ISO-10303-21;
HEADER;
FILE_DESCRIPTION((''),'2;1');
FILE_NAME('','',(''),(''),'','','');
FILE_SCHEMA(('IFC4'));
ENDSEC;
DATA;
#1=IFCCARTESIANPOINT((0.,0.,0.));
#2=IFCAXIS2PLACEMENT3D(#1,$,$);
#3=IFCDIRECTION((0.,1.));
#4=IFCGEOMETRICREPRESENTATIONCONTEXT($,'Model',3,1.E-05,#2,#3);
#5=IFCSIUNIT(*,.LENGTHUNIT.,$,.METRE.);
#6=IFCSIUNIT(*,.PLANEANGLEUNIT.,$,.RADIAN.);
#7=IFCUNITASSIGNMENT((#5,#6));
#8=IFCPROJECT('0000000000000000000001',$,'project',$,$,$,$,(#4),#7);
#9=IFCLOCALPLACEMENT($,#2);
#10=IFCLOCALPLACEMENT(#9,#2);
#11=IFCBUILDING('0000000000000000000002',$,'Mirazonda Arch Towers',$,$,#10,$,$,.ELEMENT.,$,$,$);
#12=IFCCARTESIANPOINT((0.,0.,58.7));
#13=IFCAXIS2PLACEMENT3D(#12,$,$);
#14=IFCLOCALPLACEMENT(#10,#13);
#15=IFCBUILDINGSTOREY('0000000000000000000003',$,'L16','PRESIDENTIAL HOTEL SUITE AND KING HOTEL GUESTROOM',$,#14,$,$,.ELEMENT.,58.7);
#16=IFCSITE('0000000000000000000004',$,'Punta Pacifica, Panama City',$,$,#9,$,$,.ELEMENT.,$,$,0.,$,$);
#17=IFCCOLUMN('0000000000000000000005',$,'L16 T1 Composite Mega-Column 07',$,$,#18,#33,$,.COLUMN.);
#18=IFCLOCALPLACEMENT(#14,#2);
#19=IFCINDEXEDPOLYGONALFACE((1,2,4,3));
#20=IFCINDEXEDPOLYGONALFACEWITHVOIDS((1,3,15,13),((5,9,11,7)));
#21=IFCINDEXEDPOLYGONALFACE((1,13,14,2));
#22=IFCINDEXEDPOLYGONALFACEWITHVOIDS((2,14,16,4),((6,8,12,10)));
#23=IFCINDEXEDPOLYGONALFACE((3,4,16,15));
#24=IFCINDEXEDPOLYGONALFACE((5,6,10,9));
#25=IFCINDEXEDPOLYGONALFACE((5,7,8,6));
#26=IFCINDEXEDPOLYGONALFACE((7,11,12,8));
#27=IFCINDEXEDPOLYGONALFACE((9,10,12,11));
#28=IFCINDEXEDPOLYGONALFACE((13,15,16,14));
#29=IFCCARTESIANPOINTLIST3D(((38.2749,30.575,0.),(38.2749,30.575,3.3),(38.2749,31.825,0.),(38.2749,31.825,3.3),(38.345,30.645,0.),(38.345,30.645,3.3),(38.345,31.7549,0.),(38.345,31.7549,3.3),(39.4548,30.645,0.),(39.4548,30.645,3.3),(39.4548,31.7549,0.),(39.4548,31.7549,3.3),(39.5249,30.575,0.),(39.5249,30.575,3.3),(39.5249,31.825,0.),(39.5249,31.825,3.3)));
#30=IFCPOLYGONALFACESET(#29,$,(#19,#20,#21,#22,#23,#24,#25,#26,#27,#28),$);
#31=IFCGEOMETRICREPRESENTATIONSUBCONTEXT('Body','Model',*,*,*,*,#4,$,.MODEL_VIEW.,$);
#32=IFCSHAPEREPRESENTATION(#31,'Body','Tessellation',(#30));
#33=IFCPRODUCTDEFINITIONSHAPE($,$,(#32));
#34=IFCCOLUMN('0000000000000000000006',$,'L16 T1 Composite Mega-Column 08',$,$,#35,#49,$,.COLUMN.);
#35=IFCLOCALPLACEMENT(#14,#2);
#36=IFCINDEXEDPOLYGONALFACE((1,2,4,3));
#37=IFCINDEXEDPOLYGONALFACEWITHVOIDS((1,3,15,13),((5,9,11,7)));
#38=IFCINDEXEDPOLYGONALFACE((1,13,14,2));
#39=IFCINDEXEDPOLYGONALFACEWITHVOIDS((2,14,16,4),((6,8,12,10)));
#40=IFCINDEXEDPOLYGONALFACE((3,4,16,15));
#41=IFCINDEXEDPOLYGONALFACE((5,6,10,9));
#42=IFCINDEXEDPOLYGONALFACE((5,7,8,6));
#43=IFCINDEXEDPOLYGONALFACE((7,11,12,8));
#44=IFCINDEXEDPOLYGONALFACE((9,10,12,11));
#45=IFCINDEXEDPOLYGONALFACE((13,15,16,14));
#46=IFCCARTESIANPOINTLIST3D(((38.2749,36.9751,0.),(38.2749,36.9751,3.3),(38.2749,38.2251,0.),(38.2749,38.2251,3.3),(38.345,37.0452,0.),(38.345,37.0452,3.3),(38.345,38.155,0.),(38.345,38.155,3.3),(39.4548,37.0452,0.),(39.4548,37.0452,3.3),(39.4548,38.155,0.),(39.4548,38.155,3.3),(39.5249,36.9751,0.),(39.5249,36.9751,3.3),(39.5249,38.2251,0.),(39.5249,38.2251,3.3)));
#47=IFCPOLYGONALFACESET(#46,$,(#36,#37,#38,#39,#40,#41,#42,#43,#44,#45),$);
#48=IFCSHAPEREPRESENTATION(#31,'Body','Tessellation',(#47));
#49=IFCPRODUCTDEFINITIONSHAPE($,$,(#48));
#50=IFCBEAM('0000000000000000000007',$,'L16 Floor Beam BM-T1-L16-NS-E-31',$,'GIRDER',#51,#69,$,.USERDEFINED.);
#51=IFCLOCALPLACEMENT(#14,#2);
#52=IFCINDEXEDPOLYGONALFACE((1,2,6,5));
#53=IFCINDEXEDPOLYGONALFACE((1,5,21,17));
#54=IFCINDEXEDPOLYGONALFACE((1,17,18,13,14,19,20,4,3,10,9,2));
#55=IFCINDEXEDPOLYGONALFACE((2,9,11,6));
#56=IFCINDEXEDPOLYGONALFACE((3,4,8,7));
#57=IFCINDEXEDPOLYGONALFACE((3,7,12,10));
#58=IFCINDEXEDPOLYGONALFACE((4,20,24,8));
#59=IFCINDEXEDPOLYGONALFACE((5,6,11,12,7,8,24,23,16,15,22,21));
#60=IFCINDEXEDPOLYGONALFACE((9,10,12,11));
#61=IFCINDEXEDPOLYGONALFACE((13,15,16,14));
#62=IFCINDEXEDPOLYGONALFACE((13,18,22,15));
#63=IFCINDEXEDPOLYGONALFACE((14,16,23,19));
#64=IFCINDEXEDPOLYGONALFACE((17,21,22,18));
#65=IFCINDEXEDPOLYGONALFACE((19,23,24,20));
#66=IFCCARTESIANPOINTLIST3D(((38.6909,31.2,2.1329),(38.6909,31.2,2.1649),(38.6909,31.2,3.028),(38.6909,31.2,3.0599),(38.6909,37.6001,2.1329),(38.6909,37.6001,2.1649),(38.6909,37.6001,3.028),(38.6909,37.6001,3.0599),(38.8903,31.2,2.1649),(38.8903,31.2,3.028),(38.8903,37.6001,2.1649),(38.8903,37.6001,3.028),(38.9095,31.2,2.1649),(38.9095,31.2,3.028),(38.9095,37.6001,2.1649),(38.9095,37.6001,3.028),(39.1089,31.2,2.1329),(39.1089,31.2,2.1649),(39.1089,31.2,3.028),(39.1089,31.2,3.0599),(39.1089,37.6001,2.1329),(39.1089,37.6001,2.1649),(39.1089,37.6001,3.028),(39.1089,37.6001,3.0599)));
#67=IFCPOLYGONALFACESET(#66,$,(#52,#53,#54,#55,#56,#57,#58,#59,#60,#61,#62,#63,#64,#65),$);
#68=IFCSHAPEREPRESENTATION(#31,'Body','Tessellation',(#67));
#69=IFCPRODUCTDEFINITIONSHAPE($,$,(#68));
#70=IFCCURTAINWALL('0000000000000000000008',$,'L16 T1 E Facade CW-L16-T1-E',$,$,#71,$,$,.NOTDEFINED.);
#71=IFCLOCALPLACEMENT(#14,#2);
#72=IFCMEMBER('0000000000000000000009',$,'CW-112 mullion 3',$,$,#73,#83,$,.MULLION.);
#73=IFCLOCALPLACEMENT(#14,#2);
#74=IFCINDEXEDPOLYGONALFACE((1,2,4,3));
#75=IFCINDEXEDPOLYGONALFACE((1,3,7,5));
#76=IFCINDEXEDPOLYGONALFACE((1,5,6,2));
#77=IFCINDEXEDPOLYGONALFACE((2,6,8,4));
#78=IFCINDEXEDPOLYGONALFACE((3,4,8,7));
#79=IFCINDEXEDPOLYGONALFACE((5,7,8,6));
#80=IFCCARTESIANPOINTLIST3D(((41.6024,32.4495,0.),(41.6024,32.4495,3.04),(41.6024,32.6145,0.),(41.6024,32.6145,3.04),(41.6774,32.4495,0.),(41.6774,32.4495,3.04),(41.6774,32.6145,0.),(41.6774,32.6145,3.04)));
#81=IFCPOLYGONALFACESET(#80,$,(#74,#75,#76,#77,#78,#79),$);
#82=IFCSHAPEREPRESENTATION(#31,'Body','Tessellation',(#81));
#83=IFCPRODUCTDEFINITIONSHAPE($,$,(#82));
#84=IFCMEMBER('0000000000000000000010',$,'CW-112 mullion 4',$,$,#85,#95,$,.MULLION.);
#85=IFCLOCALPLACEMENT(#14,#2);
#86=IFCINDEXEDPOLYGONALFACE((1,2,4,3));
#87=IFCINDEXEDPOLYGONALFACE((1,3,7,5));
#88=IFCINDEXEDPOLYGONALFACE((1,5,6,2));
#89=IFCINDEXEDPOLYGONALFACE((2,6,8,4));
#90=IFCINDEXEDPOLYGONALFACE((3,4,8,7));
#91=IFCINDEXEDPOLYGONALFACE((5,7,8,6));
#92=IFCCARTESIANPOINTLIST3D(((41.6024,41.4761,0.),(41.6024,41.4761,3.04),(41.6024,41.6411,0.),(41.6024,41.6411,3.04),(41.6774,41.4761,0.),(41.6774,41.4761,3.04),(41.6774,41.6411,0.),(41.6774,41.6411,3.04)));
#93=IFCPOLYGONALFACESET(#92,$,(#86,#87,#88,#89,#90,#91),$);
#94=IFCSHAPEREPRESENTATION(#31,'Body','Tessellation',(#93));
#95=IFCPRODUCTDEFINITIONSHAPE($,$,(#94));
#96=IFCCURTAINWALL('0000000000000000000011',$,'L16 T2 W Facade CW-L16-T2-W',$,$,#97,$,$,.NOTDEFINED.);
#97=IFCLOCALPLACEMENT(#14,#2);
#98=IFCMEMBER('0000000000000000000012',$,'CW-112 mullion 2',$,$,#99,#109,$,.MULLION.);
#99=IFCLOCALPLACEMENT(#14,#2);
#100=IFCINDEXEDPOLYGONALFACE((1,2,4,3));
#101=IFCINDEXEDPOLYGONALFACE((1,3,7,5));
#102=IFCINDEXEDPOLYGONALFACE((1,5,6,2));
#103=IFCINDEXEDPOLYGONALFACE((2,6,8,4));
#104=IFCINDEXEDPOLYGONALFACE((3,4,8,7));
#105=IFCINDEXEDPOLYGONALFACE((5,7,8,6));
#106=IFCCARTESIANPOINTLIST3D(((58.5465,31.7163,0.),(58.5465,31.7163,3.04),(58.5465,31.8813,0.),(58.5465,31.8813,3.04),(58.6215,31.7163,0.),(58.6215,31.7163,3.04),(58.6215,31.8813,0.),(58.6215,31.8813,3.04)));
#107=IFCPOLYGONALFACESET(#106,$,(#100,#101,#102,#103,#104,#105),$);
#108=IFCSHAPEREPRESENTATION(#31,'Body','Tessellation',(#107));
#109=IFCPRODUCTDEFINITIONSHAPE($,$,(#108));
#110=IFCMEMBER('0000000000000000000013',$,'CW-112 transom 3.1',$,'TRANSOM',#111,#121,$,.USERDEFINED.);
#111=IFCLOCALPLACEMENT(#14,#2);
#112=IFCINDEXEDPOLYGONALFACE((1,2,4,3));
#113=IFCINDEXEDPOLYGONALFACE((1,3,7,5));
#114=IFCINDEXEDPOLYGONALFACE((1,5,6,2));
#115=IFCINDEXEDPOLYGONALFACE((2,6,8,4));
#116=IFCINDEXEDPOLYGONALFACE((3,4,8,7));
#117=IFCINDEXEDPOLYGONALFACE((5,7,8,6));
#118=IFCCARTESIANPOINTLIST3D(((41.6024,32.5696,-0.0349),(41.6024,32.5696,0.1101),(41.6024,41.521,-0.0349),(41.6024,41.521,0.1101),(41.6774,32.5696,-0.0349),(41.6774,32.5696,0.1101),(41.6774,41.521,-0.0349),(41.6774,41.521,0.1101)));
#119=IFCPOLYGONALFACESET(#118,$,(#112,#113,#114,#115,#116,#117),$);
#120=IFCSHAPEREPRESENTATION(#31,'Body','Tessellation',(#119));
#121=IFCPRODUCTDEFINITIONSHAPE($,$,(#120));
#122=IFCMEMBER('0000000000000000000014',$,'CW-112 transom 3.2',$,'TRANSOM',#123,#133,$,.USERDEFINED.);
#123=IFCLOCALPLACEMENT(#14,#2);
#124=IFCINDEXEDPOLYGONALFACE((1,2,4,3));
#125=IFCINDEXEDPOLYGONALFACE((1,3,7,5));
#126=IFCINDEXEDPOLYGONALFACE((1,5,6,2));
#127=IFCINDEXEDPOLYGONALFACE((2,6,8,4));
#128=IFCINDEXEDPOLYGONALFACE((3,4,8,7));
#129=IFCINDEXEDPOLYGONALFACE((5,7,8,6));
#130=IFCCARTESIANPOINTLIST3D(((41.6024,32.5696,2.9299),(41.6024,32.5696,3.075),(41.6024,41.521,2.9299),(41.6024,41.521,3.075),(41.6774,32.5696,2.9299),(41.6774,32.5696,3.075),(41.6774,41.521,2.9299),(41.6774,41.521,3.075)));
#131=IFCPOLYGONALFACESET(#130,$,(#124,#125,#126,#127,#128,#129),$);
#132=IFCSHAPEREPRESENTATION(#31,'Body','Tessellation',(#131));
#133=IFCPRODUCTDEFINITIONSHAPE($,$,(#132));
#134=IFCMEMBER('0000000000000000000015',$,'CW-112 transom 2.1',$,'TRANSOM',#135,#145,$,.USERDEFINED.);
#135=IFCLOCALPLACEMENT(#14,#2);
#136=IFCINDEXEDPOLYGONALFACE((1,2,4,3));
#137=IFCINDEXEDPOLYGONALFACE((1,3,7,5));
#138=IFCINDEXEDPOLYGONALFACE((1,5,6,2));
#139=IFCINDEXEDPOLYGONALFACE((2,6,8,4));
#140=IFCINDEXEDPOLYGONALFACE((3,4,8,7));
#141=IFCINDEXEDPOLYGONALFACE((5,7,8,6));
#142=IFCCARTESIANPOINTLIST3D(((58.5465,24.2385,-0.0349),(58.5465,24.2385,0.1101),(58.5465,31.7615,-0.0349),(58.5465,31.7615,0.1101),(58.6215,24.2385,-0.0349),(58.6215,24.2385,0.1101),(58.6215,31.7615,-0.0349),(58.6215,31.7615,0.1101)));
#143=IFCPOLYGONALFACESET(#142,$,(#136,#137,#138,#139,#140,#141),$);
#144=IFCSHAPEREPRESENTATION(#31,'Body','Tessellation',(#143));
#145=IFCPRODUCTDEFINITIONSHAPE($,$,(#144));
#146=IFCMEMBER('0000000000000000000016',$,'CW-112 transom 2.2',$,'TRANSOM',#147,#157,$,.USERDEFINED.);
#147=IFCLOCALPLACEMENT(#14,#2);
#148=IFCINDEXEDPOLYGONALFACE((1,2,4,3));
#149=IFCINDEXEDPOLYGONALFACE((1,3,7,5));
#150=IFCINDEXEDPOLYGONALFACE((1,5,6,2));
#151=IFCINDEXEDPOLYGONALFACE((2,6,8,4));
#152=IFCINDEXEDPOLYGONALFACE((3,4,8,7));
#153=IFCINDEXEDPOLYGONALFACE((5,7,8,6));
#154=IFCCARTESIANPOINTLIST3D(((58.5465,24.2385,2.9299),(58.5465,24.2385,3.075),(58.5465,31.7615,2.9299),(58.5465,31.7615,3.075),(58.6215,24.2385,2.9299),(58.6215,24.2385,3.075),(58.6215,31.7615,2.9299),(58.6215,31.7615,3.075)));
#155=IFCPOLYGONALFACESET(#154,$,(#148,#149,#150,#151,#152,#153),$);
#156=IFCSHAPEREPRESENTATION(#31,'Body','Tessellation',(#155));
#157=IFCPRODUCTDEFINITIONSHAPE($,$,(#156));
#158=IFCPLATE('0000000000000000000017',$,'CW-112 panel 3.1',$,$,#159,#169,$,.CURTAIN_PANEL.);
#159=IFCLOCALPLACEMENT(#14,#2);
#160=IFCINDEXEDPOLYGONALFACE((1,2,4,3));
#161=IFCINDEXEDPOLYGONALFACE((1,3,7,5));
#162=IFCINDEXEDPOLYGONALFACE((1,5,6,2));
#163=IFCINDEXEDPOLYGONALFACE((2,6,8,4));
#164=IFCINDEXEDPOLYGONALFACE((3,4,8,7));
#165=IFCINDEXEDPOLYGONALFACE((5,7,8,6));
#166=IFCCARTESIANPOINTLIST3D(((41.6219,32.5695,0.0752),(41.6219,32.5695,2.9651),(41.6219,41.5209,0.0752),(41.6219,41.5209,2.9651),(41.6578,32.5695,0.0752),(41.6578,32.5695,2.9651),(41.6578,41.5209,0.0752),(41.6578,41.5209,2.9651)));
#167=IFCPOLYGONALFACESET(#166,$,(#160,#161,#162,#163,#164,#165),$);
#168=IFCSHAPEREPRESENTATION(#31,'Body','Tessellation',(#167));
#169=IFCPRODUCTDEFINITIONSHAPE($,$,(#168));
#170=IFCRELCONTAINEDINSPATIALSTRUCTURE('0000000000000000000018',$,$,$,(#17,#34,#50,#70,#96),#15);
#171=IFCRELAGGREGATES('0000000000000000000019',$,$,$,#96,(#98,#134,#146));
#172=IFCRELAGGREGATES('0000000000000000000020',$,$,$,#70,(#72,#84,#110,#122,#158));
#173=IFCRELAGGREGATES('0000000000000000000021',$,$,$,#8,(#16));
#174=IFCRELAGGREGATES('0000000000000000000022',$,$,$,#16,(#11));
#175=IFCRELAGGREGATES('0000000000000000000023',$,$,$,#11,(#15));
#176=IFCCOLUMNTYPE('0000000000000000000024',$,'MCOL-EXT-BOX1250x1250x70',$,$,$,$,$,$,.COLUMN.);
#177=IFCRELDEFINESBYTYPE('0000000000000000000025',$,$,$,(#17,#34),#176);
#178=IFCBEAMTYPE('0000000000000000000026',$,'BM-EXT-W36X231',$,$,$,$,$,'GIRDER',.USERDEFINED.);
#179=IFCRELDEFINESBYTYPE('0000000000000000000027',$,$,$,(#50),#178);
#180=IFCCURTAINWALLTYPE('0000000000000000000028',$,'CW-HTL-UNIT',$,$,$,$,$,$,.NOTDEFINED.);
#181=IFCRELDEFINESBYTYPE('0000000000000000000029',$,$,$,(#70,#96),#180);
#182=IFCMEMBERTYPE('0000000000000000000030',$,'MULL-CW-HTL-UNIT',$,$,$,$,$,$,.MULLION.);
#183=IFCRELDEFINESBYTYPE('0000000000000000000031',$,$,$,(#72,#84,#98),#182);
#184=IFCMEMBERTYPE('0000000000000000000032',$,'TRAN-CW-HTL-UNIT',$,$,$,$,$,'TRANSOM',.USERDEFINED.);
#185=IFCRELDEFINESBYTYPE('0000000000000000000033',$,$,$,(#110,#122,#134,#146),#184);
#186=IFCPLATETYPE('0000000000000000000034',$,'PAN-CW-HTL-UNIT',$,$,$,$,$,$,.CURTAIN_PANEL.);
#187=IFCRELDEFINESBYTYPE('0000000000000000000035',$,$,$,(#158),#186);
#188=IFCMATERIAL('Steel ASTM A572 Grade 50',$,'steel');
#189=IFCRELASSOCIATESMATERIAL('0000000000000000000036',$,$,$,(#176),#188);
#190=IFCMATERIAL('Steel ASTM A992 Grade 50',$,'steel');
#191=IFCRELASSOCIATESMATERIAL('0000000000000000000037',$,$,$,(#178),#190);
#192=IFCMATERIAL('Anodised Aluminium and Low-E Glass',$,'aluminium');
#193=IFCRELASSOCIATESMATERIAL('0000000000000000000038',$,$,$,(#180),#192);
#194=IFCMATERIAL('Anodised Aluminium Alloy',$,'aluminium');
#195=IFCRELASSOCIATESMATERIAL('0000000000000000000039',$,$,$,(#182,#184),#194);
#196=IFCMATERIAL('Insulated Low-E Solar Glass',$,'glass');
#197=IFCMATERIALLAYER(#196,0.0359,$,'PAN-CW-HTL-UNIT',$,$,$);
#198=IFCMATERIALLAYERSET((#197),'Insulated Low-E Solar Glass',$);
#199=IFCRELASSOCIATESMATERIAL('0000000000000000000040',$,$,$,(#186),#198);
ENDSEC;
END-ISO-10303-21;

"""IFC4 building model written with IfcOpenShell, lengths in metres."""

from ifc_helpers import new_model, si_unit, direction, frame, origin, origin_2d, place, context, subcontext, project, spatial, rectangle, hollow_rectangle, i_section, extrude, material, layer, layer_set, material_profile, profile_set, type_object, element, aggregate, save


model = new_model("IFC4")

# Units and contexts
model_context = context("Model", 3, precision=1e-05, world=origin(), true_north=direction((0.0, 1.0)))
body_context = subcontext(model_context, "Body", "Model", "MODEL_VIEW")
ifc_project = project(units=[si_unit("LENGTHUNIT", "METRE"), si_unit("PLANEANGLEUNIT", "RADIAN")], contexts=[model_context])

# Site, building, storey
site_placement = place(None, origin())
site = spatial("IfcSite", under=ifc_project, at=site_placement, Name="Punta Pacifica, Panama City", CompositionType="ELEMENT", RefElevation=0.0)
building_placement = place(site_placement, origin())
building = spatial("IfcBuilding", under=site, at=building_placement, Name="Mirazonda Arch Towers", CompositionType="ELEMENT")
storey_placement = place(building_placement, frame((0.0, 0.0, 58.7)))
storey = spatial("IfcBuildingStorey", under=building, at=storey_placement, Name="L16", Description="PRESIDENTIAL HOTEL SUITE AND KING HOTEL GUESTROOM", CompositionType="ELEMENT", Elevation=58.7)

# Columns
ifc_material_1 = material(Name="Steel ASTM A572 Grade 50", Category="steel")
ifc_material_profile_1 = material_profile(ifc_material_1, hollow_rectangle(XDim=1.25, YDim=1.25, WallThickness=0.0701, at=origin_2d()), Name="BOX1250x1250x70")
ifc_profile_set_1 = profile_set([ifc_material_profile_1], Name="Steel ASTM A572 Grade 50")
column_type = type_object("IfcColumnType", Name="MCOL-EXT-BOX1250x1250x70", PredefinedType="COLUMN", material=ifc_profile_set_1)
for number, where, z_axis, x_axis, name in (
    (1, (38.8999, 31.2, 0.0), (0.0, 0.0, 1.0), (1.0, 0.0, 0.0), "L16 T1 Composite Mega-Column 07"),
    (2, (38.8999, 37.6001, 0.0), (0.0, 0.0, 1.0), (1.0, 0.0, 0.0), "L16 T1 Composite Mega-Column 08"),
):
    element("IfcColumn", number, at=place(storey_placement, frame(where, z_axis=z_axis, x_axis=x_axis)), inside=storey, type_object=column_type, Name=name, PredefinedType="COLUMN", context=body_context, shape_type="SweptSolid", body=[
        extrude(hollow_rectangle(XDim=1.25, YDim=1.25, WallThickness=0.0701, at=origin_2d()), origin(), (0.0, 0.0, 1.0), 3.3),
    ])

# Beam
ifc_material_2 = material(Name="Steel ASTM A992 Grade 50", Category="steel")
ifc_material_profile_2 = material_profile(ifc_material_2, i_section(OverallWidth=0.418, OverallDepth=0.927, WebThickness=0.0193, FlangeThickness=0.032, at=origin_2d()), Name="W36X231")
ifc_profile_set_2 = profile_set([ifc_material_profile_2], Name="Steel ASTM A992 Grade 50")
beam_type = type_object("IfcBeamType", Name="BM-EXT-W36X231", ElementType="GIRDER", PredefinedType="USERDEFINED", material=ifc_profile_set_2)
beam_placement = place(storey_placement, frame((38.8999, 31.2, 2.5964), z_axis=(0.0, 1.0, 0.0), x_axis=(-1.0, 0.0, 0.0)))
element("IfcBeam", 3, at=beam_placement, inside=storey, type_object=beam_type, Name="L16 Floor Beam BM-T1-L16-NS-E-31", ObjectType="GIRDER", PredefinedType="USERDEFINED", context=body_context, shape_type="SweptSolid", body=[
    extrude(i_section(OverallWidth=0.418, OverallDepth=0.927, WebThickness=0.0193, FlangeThickness=0.032, at=origin_2d()), origin(), (0.0, 0.0, 1.0), 6.4001),
])

# Curtain wall, members
ifc_material_3 = material(Name="Anodised Aluminium and Low-E Glass", Category="aluminium")
curtain_wall_type = type_object("IfcCurtainWallType", Name="CW-HTL-UNIT", PredefinedType="NOTDEFINED", material=ifc_material_3)
curtain_wall_1_placement = place(storey_placement, origin())
curtain_wall_1 = element("IfcCurtainWall", 4, at=curtain_wall_1_placement, inside=storey, type_object=curtain_wall_type, Name="L16 T1 E Facade CW-L16-T1-E", PredefinedType="NOTDEFINED")
ifc_material_4 = material(Name="Anodised Aluminium Alloy", Category="aluminium")
ifc_material_profile_3 = material_profile(ifc_material_4, rectangle(XDim=0.075, YDim=0.165, at=origin_2d()), Name="ALU-MULL-75x165")
ifc_profile_set_3 = profile_set([ifc_material_profile_3], Name="Anodised Aluminium Alloy")
member_type_1 = type_object("IfcMemberType", Name="MULL-CW-HTL-UNIT", PredefinedType="MULLION", material=ifc_profile_set_3)
member_1_placement = place(storey_placement, frame((41.6399, 32.532, 0.0), z_axis=(0.0, 0.0, 1.0), x_axis=(-1.0, 0.0, 0.0)))
member_1 = element("IfcMember", 5, at=member_1_placement, type_object=member_type_1, Name="CW-112 mullion 3", PredefinedType="MULLION", context=body_context, shape_type="SweptSolid", body=[
    extrude(rectangle(XDim=0.075, YDim=0.165, at=origin_2d()), origin(), (0.0, 0.0, 1.0), 3.04),
])
member_2_placement = place(storey_placement, frame((41.6399, 41.5586, 0.0), z_axis=(0.0, 0.0, 1.0), x_axis=(-1.0, 0.0, 0.0)))
member_2 = element("IfcMember", 6, at=member_2_placement, type_object=member_type_1, Name="CW-112 mullion 4", PredefinedType="MULLION", context=body_context, shape_type="SweptSolid", body=[
    extrude(rectangle(XDim=0.075, YDim=0.165, at=origin_2d()), origin(), (0.0, 0.0, 1.0), 3.04),
])

# Curtain wall, member
curtain_wall_2_placement = place(storey_placement, origin())
curtain_wall_2 = element("IfcCurtainWall", 7, at=curtain_wall_2_placement, inside=storey, type_object=curtain_wall_type, Name="L16 T2 W Facade CW-L16-T2-W", PredefinedType="NOTDEFINED")
member_3_placement = place(storey_placement, frame((58.584, 31.7988, 0.0), z_axis=(0.0, 0.0, 1.0), x_axis=(1.0, 0.0, 0.0)))
member_3 = element("IfcMember", 8, at=member_3_placement, type_object=member_type_1, Name="CW-112 mullion 2", PredefinedType="MULLION", context=body_context, shape_type="SweptSolid", body=[
    extrude(rectangle(XDim=0.075, YDim=0.165, at=origin_2d()), origin(), (0.0, 0.0, 1.0), 3.04),
])

# Members
ifc_material_profile_4 = material_profile(ifc_material_4, rectangle(XDim=0.075, YDim=0.145, at=origin_2d()), Name="ALU-TRAN-75x145")
ifc_profile_set_4 = profile_set([ifc_material_profile_4], Name="Anodised Aluminium Alloy")
member_type_2 = type_object("IfcMemberType", Name="TRAN-CW-HTL-UNIT", ElementType="TRANSOM", PredefinedType="USERDEFINED", material=ifc_profile_set_4)
member_4_placement = place(storey_placement, frame((41.6399, 32.5696, 0.0376), z_axis=(0.0, 1.0, 0.0), x_axis=(-1.0, 0.0, 0.0)))
member_4 = element("IfcMember", 9, at=member_4_placement, type_object=member_type_2, Name="CW-112 transom 3.1", ObjectType="TRANSOM", PredefinedType="USERDEFINED", context=body_context, shape_type="SweptSolid", body=[
    extrude(rectangle(XDim=0.075, YDim=0.145, at=origin_2d()), origin(), (0.0, 0.0, 1.0), 8.9514),
])
member_5_placement = place(storey_placement, frame((41.6399, 32.5696, 3.0024), z_axis=(0.0, 1.0, 0.0), x_axis=(-1.0, 0.0, 0.0)))
member_5 = element("IfcMember", 10, at=member_5_placement, type_object=member_type_2, Name="CW-112 transom 3.2", ObjectType="TRANSOM", PredefinedType="USERDEFINED", context=body_context, shape_type="SweptSolid", body=[
    extrude(rectangle(XDim=0.075, YDim=0.145, at=origin_2d()), origin(), (0.0, 0.0, 1.0), 8.9514),
])
member_6_placement = place(storey_placement, frame((58.584, 31.7615, 0.0376), z_axis=(0.0, -1.0, 0.0), x_axis=(1.0, 0.0, 0.0)))
member_6 = element("IfcMember", 11, at=member_6_placement, type_object=member_type_2, Name="CW-112 transom 2.1", ObjectType="TRANSOM", PredefinedType="USERDEFINED", context=body_context, shape_type="SweptSolid", body=[
    extrude(rectangle(XDim=0.075, YDim=0.145, at=origin_2d()), origin(), (0.0, 0.0, 1.0), 7.5229),
])
member_7_placement = place(storey_placement, frame((58.584, 31.7615, 3.0024), z_axis=(0.0, -1.0, 0.0), x_axis=(1.0, 0.0, 0.0)))
member_7 = element("IfcMember", 12, at=member_7_placement, type_object=member_type_2, Name="CW-112 transom 2.2", ObjectType="TRANSOM", PredefinedType="USERDEFINED", context=body_context, shape_type="SweptSolid", body=[
    extrude(rectangle(XDim=0.075, YDim=0.145, at=origin_2d()), origin(), (0.0, 0.0, 1.0), 7.5229),
])
aggregate(curtain_wall_2, [member_3, member_6, member_7])

# Plate
ifc_material_5 = material(Name="Insulated Low-E Solar Glass", Category="glass")
ifc_layer_1 = layer(ifc_material_5, 0.0359, Name="PAN-CW-HTL-UNIT")
ifc_layer_set_1 = layer_set([ifc_layer_1], Name="Insulated Low-E Solar Glass")
plate_type = type_object("IfcPlateType", Name="PAN-CW-HTL-UNIT", PredefinedType="CURTAIN_PANEL", material=ifc_layer_set_1)
plate_placement = place(storey_placement, frame((41.6399, 37.0452, 0.0752), z_axis=(0.0, 0.0, 1.0), x_axis=(0.0, 1.0, 0.0)))
plate = element("IfcPlate", 13, at=plate_placement, type_object=plate_type, Name="CW-112 panel 3.1", PredefinedType="CURTAIN_PANEL", context=body_context, shape_type="SweptSolid", body=[
    extrude(rectangle(XDim=8.9514, YDim=0.0359, at=origin_2d()), origin(), (0.0, 0.0, 1.0), 2.8899),
])
aggregate(curtain_wall_1, [member_1, member_2, member_4, member_5, plate])

save(model, "model.ifc")
